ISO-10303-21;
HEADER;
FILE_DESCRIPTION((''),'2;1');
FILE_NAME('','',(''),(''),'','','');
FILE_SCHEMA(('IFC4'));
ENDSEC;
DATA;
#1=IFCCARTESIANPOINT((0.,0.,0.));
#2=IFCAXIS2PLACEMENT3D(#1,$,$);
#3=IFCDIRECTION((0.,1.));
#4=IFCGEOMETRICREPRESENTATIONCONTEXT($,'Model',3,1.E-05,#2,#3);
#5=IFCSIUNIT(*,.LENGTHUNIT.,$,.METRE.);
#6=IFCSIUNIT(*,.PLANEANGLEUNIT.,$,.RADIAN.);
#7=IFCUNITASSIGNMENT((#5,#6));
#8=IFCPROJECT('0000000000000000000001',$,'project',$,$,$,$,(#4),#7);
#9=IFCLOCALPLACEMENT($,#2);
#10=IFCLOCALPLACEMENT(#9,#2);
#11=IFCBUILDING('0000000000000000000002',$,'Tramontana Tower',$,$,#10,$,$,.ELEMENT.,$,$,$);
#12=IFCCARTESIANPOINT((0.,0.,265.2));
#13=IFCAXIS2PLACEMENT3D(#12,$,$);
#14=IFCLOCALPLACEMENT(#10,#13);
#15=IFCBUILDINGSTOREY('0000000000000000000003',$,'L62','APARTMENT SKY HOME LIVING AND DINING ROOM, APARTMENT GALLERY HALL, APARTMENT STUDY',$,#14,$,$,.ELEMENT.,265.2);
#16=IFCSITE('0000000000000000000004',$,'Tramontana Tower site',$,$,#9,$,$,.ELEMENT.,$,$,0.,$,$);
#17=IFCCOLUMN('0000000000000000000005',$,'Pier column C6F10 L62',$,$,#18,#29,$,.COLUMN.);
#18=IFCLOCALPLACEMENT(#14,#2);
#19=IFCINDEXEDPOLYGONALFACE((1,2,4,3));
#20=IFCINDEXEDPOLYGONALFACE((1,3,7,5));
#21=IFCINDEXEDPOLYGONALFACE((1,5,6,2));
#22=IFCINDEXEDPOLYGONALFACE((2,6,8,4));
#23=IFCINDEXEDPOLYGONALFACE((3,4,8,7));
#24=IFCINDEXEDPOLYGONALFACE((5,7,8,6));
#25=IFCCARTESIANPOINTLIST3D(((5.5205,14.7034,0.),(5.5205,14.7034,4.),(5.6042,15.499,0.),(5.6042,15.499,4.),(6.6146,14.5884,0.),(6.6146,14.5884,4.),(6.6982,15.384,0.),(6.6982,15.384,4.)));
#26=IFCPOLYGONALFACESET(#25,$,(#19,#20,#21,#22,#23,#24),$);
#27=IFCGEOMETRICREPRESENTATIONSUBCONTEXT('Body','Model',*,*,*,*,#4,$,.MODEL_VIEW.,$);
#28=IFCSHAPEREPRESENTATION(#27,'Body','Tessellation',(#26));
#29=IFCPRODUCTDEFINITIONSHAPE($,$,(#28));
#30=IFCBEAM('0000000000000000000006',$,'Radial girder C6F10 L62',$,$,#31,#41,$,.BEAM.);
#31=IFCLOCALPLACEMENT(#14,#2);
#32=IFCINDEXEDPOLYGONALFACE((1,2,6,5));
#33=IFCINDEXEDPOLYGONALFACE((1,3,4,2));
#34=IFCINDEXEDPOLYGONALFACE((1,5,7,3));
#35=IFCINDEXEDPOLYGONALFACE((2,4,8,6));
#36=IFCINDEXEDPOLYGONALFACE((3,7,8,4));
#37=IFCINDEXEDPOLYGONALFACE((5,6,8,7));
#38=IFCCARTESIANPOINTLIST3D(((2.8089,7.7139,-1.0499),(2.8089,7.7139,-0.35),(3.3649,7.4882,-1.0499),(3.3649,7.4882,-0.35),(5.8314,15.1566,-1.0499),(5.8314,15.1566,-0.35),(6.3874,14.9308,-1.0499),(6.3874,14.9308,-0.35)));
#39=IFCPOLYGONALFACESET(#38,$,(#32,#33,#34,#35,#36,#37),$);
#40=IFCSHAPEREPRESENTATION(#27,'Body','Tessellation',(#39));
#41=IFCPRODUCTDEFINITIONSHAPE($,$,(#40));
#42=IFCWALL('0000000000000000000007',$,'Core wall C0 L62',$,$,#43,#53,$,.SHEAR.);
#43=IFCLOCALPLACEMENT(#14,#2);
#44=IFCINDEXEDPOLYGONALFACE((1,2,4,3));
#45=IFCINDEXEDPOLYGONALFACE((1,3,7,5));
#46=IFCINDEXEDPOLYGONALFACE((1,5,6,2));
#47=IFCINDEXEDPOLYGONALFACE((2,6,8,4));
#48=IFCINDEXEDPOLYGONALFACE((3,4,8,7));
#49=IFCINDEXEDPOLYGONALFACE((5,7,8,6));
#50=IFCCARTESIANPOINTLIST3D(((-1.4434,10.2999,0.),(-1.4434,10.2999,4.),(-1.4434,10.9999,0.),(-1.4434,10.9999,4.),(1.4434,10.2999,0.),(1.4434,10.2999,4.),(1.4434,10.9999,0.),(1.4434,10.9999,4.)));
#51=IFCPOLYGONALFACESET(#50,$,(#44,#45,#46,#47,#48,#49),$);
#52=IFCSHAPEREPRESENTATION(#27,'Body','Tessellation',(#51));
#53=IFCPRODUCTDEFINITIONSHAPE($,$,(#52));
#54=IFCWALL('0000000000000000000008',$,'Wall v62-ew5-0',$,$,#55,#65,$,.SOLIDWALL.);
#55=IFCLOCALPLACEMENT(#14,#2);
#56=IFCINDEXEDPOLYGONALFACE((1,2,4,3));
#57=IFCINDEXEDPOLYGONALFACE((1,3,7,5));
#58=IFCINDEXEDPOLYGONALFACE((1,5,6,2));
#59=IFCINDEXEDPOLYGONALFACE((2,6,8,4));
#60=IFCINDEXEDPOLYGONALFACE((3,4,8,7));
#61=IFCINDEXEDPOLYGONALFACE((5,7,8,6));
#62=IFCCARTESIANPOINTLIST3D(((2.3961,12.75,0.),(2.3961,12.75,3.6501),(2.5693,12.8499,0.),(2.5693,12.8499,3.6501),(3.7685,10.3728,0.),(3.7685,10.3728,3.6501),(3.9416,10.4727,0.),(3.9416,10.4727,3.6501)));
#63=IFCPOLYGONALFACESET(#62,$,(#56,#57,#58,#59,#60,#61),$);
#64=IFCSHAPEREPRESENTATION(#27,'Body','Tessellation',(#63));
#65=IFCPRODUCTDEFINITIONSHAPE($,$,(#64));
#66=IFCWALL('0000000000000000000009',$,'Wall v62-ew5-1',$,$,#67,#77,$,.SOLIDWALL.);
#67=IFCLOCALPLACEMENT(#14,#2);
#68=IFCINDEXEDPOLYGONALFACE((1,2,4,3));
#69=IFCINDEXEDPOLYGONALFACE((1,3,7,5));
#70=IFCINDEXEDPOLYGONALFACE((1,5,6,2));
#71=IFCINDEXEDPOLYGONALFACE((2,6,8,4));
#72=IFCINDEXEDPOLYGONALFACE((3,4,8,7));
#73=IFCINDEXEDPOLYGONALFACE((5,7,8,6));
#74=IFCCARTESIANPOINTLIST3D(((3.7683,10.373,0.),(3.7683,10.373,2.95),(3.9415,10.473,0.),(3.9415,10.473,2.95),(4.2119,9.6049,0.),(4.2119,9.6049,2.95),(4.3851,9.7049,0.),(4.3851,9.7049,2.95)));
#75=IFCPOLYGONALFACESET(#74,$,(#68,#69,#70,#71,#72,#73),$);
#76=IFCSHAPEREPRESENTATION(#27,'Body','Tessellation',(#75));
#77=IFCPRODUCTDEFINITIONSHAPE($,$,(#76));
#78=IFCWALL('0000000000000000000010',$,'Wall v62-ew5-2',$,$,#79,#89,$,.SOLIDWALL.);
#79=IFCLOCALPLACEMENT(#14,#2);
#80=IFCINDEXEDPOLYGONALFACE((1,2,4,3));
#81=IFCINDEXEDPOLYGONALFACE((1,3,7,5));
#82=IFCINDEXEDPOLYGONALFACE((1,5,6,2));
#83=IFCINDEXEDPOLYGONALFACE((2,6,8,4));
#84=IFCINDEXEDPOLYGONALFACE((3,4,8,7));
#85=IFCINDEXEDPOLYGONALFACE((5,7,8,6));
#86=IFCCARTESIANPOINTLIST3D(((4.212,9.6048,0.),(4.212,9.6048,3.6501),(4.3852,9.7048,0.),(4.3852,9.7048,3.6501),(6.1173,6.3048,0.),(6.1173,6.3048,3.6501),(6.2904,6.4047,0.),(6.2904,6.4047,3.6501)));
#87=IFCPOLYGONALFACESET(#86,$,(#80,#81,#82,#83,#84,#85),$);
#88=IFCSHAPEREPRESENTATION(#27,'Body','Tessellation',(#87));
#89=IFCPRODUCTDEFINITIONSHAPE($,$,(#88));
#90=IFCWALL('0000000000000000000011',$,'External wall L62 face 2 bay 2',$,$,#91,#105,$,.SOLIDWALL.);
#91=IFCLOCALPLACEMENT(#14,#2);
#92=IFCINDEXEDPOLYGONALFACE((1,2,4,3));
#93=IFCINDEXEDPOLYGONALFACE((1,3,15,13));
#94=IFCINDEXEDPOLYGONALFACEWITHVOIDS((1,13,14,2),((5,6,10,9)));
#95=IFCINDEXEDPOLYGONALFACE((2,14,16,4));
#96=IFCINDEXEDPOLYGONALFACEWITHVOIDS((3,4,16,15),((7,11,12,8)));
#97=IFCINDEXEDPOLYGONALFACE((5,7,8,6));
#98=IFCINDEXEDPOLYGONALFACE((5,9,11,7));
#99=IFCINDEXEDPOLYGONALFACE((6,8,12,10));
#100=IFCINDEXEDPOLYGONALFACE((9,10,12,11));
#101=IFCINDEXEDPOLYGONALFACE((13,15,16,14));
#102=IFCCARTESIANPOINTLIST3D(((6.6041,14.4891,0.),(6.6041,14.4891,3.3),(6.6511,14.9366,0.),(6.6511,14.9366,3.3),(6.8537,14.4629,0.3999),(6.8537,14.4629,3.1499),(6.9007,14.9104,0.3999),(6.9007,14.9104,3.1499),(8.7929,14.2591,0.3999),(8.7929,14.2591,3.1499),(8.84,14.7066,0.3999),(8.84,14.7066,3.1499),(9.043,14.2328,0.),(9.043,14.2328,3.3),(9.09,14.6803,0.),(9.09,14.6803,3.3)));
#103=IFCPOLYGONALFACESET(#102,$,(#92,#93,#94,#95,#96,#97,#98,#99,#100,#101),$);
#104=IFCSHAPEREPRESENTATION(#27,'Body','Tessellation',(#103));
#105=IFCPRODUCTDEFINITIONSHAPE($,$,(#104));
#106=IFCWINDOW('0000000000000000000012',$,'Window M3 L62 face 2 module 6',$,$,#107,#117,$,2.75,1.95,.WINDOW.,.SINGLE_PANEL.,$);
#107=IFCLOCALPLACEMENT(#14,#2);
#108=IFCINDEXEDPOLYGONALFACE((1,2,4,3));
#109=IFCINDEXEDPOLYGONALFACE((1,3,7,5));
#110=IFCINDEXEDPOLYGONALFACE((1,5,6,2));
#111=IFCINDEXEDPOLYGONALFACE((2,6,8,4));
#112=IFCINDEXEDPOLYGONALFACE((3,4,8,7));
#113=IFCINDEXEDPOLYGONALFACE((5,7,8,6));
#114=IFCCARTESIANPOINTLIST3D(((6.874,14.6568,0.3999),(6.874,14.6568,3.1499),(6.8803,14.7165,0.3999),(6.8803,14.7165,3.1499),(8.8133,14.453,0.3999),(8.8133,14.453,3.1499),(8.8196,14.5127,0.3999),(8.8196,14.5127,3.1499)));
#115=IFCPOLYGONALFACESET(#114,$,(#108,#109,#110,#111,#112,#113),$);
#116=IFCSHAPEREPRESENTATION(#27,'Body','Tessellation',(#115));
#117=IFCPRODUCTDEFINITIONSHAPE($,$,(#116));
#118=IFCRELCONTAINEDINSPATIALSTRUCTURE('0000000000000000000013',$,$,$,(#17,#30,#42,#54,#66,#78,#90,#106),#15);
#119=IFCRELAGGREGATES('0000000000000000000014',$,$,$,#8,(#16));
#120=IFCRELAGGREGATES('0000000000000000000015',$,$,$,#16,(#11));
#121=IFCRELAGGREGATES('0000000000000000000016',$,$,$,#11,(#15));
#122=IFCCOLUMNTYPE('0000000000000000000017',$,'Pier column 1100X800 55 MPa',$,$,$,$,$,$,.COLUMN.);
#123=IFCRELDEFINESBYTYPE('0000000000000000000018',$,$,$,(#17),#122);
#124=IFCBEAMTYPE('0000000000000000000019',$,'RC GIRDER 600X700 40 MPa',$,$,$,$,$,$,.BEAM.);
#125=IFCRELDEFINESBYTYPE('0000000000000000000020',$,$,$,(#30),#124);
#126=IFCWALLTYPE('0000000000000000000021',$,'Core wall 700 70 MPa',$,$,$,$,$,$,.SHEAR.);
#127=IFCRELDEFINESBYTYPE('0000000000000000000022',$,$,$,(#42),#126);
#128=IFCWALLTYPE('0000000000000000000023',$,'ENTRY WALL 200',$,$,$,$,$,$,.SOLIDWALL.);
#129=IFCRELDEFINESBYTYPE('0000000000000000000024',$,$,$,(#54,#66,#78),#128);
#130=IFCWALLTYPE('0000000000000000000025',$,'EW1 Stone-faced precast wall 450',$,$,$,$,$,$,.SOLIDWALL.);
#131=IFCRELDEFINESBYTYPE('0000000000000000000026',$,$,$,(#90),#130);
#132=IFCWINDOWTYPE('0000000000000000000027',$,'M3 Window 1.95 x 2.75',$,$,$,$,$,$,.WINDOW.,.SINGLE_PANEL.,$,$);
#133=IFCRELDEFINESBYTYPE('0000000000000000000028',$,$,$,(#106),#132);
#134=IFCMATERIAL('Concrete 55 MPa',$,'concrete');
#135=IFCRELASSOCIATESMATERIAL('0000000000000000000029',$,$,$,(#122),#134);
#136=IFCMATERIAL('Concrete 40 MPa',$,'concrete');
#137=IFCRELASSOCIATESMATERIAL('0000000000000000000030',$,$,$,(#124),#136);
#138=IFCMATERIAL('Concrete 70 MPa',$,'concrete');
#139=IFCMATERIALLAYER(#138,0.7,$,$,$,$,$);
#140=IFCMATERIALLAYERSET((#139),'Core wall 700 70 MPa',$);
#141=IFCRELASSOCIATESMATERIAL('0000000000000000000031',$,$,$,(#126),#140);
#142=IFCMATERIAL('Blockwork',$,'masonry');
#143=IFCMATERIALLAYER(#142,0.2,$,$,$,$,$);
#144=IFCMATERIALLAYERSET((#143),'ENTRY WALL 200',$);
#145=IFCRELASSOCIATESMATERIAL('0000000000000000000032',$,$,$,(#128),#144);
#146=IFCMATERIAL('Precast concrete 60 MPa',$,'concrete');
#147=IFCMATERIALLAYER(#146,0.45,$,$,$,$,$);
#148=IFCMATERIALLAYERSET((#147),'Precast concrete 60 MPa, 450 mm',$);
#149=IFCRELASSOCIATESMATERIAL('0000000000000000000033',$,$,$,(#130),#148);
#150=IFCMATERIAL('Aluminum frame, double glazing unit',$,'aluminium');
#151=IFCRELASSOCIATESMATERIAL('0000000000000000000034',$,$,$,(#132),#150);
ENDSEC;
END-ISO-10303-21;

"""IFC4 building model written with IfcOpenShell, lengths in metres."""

from ifc_helpers import new_model, si_unit, direction, frame, frame_2d, origin, origin_2d, place, context, subcontext, project, spatial, rectangle, extrude, material, layer, layer_set, material_profile, profile_set, type_object, element, fill, save


model = new_model("IFC4")

# Units and contexts
model_context = context("Model", 3, precision=1e-05, world=origin(), true_north=direction((0.0, 1.0)))
body_context = subcontext(model_context, "Body", "Model", "MODEL_VIEW")
ifc_project = project(units=[si_unit("LENGTHUNIT", "METRE"), si_unit("PLANEANGLEUNIT", "RADIAN")], contexts=[model_context])

# Site, building, storey
site_placement = place(None, origin())
site = spatial("IfcSite", under=ifc_project, at=site_placement, Name="Tramontana Tower site", CompositionType="ELEMENT", RefElevation=0.0)
building_placement = place(site_placement, origin())
building = spatial("IfcBuilding", under=site, at=building_placement, Name="Tramontana Tower", CompositionType="ELEMENT")
storey_placement = place(building_placement, frame((0.0, 0.0, 265.2)))
storey = spatial("IfcBuildingStorey", under=building, at=storey_placement, Name="L62", Description="APARTMENT SKY HOME LIVING AND DINING ROOM, APARTMENT GALLERY HALL, APARTMENT STUDY", CompositionType="ELEMENT", Elevation=265.2)

# Column
ifc_material_1 = material(Name="Concrete 55 MPa", Category="concrete")
ifc_material_profile_1 = material_profile(ifc_material_1, rectangle(XDim=1.1001, YDim=0.8, at=origin_2d()), Name="Pier column 1100X800 55 MPa")
ifc_profile_set_1 = profile_set([ifc_material_profile_1], Name="Concrete 55 MPa")
column_type = type_object("IfcColumnType", Name="Pier column 1100X800 55 MPa", PredefinedType="COLUMN", material=ifc_profile_set_1)
column_placement = place(storey_placement, frame((6.1094, 15.0437, 0.0), z_axis=(0.0, 0.0, 1.0), x_axis=(-0.994522, 0.104528, 0.0)))
element("IfcColumn", 1, at=column_placement, inside=storey, type_object=column_type, Name="Pier column C6F10 L62", PredefinedType="COLUMN", context=body_context, shape_type="SweptSolid", body=[
    extrude(rectangle(XDim=1.1001, YDim=0.8, at=origin_2d()), origin(), (0.0, 0.0, 1.0), 4.0),
])

# Beam
ifc_material_2 = material(Name="Concrete 40 MPa", Category="concrete")
ifc_material_profile_2 = material_profile(ifc_material_2, rectangle(XDim=0.6001, YDim=0.7, at=origin_2d()), Name="RC GIRDER 600X700 40 MPa")
ifc_profile_set_2 = profile_set([ifc_material_profile_2], Name="Concrete 40 MPa")
beam_type = type_object("IfcBeamType", Name="RC GIRDER 600X700 40 MPa", PredefinedType="BEAM", material=ifc_profile_set_2)
beam_placement = place(storey_placement, frame((6.1094, 15.0437, -0.7), z_axis=(-0.376259, -0.926515, 0.0), x_axis=(0.926515, -0.376259, 0.0)))
element("IfcBeam", 2, at=beam_placement, inside=storey, type_object=beam_type, Name="Radial girder C6F10 L62", PredefinedType="BEAM", context=body_context, shape_type="SweptSolid", body=[
    extrude(rectangle(XDim=0.6001, YDim=0.7, at=origin_2d()), origin(), (0.0, 0.0, 1.0), 8.033),
])

# Walls
ifc_material_3 = material(Name="Concrete 70 MPa", Category="concrete")
ifc_layer_1 = layer(ifc_material_3, 0.7)
ifc_layer_set_1 = layer_set([ifc_layer_1], Name="Core wall 700 70 MPa")
wall_type_1 = type_object("IfcWallType", Name="Core wall 700 70 MPa", PredefinedType="SHEAR", material=ifc_layer_set_1)
wall_1_placement = place(storey_placement, frame((1.4434, 10.6499, 0.0), z_axis=(0.0, 0.0, 1.0), x_axis=(-1.0, 0.0, 0.0)))
element("IfcWall", 3, at=wall_1_placement, inside=storey, type_object=wall_type_1, Name="Core wall C0 L62", PredefinedType="SHEAR", context=body_context, shape_type="SweptSolid", body=[
    extrude(rectangle(XDim=2.8867, YDim=0.7, at=frame_2d((1.4434, 0.0))), origin(), (0.0, 0.0, 1.0), 4.0),
])
ifc_material_4 = material(Name="Blockwork", Category="masonry")
ifc_layer_2 = layer(ifc_material_4, 0.2)
ifc_layer_set_2 = layer_set([ifc_layer_2], Name="ENTRY WALL 200")
wall_type_2 = type_object("IfcWallType", Name="ENTRY WALL 200", PredefinedType="SOLIDWALL", material=ifc_layer_set_2)
wall_2_placement = place(storey_placement, frame((2.4827, 12.8, 0.0), z_axis=(0.0, 0.0, 1.0), x_axis=(0.499956, -0.866051, 0.0)))
element("IfcWall", 4, at=wall_2_placement, inside=storey, type_object=wall_type_2, Name="Wall v62-ew5-0", PredefinedType="SOLIDWALL", context=body_context, shape_type="SweptSolid", body=[
    extrude(rectangle(XDim=2.7449, YDim=0.2, at=frame_2d((1.3726, 0.0))), origin(), (0.0, 0.0, 1.0), 3.6501),
])
wall_3_placement = place(storey_placement, frame((3.855, 10.4229, 0.0), z_axis=(0.0, 0.0, 1.0), x_axis=(0.500135, -0.865947, 0.0)))
element("IfcWall", 5, at=wall_3_placement, inside=storey, type_object=wall_type_2, Name="Wall v62-ew5-1", PredefinedType="SOLIDWALL", context=body_context, shape_type="SweptSolid", body=[
    extrude(rectangle(XDim=0.887, YDim=0.2, at=frame_2d((0.4434, 0.0))), origin(), (0.0, 0.0, 1.0), 2.95),
])
wall_4_placement = place(storey_placement, frame((4.2986, 9.6548, 0.0), z_axis=(0.0, 0.0, 1.0), x_axis=(0.499998, -0.866027, 0.0)))
element("IfcWall", 6, at=wall_4_placement, inside=storey, type_object=wall_type_2, Name="Wall v62-ew5-2", PredefinedType="SOLIDWALL", context=body_context, shape_type="SweptSolid", body=[
    extrude(rectangle(XDim=3.8105, YDim=0.2, at=frame_2d((1.9053, 0.0))), origin(), (0.0, 0.0, 1.0), 3.6501),
])

# Wall, opening, window
ifc_material_5 = material(Name="Precast concrete 60 MPa", Category="concrete")
ifc_layer_3 = layer(ifc_material_5, 0.45)
ifc_layer_set_3 = layer_set([ifc_layer_3], Name="Precast concrete 60 MPa, 450 mm")
wall_type_3 = type_object("IfcWallType", Name="EW1 Stone-faced precast wall 450", PredefinedType="SOLIDWALL", material=ifc_layer_set_3)
wall_5_placement = place(storey_placement, frame((9.0664, 14.4565, 0.0), z_axis=(0.0, 0.0, 1.0), x_axis=(-0.994522, 0.104529, 0.0)))
wall_5 = element("IfcWall", 7, at=wall_5_placement, inside=storey, type_object=wall_type_3, Name="External wall L62 face 2 bay 2", PredefinedType="SOLIDWALL", context=body_context, shape_type="SweptSolid", body=[
    extrude(rectangle(XDim=2.4524, YDim=0.45, at=frame_2d((1.2261, 0.0))), origin(), (0.0, 0.0, 1.0), 3.3),
])
opening_1_placement = place(wall_5_placement, frame((0.2512, 0.0, 0.3999)))
opening_1 = element("IfcOpeningElement", 8, at=opening_1_placement, cuts=wall_5, PredefinedType="OPENING", context=body_context, shape_type="SweptSolid", body=[
    extrude(rectangle(XDim=1.95, YDim=2.75, at=frame_2d((0.9751, 1.375))), frame((0.0, 0.2349, 0.0), z_axis=(0.0, -1.0, 0.0), x_axis=(1.0, 0.0, 0.0)), (0.0, 0.0, 1.0), 0.47),
])
ifc_material_6 = material(Name="Aluminum frame, double glazing unit", Category="aluminium")
window_type = type_object("IfcWindowType", Name="M3 Window 1.95 x 2.75", PartitioningType="SINGLE_PANEL", PredefinedType="WINDOW", material=ifc_material_6)
window_1_placement = place(opening_1_placement, origin())
window_1 = element("IfcWindow", 9, at=window_1_placement, inside=storey, type_object=window_type, Name="Window M3 L62 face 2 module 6", OverallHeight=2.75, OverallWidth=1.95, PartitioningType="SINGLE_PANEL", PredefinedType="WINDOW", context=body_context, shape_type="SweptSolid", body=[
    extrude(rectangle(XDim=1.95, YDim=2.75, at=frame_2d((0.9751, 1.375))), frame((0.0, 0.03, 0.0), z_axis=(0.0, -1.0, 0.0), x_axis=(1.0, 0.0, 0.0)), (0.0, 0.0, 1.0), 0.0601),
])
fill(opening_1, window_1)

save(model, "model.ifc")
